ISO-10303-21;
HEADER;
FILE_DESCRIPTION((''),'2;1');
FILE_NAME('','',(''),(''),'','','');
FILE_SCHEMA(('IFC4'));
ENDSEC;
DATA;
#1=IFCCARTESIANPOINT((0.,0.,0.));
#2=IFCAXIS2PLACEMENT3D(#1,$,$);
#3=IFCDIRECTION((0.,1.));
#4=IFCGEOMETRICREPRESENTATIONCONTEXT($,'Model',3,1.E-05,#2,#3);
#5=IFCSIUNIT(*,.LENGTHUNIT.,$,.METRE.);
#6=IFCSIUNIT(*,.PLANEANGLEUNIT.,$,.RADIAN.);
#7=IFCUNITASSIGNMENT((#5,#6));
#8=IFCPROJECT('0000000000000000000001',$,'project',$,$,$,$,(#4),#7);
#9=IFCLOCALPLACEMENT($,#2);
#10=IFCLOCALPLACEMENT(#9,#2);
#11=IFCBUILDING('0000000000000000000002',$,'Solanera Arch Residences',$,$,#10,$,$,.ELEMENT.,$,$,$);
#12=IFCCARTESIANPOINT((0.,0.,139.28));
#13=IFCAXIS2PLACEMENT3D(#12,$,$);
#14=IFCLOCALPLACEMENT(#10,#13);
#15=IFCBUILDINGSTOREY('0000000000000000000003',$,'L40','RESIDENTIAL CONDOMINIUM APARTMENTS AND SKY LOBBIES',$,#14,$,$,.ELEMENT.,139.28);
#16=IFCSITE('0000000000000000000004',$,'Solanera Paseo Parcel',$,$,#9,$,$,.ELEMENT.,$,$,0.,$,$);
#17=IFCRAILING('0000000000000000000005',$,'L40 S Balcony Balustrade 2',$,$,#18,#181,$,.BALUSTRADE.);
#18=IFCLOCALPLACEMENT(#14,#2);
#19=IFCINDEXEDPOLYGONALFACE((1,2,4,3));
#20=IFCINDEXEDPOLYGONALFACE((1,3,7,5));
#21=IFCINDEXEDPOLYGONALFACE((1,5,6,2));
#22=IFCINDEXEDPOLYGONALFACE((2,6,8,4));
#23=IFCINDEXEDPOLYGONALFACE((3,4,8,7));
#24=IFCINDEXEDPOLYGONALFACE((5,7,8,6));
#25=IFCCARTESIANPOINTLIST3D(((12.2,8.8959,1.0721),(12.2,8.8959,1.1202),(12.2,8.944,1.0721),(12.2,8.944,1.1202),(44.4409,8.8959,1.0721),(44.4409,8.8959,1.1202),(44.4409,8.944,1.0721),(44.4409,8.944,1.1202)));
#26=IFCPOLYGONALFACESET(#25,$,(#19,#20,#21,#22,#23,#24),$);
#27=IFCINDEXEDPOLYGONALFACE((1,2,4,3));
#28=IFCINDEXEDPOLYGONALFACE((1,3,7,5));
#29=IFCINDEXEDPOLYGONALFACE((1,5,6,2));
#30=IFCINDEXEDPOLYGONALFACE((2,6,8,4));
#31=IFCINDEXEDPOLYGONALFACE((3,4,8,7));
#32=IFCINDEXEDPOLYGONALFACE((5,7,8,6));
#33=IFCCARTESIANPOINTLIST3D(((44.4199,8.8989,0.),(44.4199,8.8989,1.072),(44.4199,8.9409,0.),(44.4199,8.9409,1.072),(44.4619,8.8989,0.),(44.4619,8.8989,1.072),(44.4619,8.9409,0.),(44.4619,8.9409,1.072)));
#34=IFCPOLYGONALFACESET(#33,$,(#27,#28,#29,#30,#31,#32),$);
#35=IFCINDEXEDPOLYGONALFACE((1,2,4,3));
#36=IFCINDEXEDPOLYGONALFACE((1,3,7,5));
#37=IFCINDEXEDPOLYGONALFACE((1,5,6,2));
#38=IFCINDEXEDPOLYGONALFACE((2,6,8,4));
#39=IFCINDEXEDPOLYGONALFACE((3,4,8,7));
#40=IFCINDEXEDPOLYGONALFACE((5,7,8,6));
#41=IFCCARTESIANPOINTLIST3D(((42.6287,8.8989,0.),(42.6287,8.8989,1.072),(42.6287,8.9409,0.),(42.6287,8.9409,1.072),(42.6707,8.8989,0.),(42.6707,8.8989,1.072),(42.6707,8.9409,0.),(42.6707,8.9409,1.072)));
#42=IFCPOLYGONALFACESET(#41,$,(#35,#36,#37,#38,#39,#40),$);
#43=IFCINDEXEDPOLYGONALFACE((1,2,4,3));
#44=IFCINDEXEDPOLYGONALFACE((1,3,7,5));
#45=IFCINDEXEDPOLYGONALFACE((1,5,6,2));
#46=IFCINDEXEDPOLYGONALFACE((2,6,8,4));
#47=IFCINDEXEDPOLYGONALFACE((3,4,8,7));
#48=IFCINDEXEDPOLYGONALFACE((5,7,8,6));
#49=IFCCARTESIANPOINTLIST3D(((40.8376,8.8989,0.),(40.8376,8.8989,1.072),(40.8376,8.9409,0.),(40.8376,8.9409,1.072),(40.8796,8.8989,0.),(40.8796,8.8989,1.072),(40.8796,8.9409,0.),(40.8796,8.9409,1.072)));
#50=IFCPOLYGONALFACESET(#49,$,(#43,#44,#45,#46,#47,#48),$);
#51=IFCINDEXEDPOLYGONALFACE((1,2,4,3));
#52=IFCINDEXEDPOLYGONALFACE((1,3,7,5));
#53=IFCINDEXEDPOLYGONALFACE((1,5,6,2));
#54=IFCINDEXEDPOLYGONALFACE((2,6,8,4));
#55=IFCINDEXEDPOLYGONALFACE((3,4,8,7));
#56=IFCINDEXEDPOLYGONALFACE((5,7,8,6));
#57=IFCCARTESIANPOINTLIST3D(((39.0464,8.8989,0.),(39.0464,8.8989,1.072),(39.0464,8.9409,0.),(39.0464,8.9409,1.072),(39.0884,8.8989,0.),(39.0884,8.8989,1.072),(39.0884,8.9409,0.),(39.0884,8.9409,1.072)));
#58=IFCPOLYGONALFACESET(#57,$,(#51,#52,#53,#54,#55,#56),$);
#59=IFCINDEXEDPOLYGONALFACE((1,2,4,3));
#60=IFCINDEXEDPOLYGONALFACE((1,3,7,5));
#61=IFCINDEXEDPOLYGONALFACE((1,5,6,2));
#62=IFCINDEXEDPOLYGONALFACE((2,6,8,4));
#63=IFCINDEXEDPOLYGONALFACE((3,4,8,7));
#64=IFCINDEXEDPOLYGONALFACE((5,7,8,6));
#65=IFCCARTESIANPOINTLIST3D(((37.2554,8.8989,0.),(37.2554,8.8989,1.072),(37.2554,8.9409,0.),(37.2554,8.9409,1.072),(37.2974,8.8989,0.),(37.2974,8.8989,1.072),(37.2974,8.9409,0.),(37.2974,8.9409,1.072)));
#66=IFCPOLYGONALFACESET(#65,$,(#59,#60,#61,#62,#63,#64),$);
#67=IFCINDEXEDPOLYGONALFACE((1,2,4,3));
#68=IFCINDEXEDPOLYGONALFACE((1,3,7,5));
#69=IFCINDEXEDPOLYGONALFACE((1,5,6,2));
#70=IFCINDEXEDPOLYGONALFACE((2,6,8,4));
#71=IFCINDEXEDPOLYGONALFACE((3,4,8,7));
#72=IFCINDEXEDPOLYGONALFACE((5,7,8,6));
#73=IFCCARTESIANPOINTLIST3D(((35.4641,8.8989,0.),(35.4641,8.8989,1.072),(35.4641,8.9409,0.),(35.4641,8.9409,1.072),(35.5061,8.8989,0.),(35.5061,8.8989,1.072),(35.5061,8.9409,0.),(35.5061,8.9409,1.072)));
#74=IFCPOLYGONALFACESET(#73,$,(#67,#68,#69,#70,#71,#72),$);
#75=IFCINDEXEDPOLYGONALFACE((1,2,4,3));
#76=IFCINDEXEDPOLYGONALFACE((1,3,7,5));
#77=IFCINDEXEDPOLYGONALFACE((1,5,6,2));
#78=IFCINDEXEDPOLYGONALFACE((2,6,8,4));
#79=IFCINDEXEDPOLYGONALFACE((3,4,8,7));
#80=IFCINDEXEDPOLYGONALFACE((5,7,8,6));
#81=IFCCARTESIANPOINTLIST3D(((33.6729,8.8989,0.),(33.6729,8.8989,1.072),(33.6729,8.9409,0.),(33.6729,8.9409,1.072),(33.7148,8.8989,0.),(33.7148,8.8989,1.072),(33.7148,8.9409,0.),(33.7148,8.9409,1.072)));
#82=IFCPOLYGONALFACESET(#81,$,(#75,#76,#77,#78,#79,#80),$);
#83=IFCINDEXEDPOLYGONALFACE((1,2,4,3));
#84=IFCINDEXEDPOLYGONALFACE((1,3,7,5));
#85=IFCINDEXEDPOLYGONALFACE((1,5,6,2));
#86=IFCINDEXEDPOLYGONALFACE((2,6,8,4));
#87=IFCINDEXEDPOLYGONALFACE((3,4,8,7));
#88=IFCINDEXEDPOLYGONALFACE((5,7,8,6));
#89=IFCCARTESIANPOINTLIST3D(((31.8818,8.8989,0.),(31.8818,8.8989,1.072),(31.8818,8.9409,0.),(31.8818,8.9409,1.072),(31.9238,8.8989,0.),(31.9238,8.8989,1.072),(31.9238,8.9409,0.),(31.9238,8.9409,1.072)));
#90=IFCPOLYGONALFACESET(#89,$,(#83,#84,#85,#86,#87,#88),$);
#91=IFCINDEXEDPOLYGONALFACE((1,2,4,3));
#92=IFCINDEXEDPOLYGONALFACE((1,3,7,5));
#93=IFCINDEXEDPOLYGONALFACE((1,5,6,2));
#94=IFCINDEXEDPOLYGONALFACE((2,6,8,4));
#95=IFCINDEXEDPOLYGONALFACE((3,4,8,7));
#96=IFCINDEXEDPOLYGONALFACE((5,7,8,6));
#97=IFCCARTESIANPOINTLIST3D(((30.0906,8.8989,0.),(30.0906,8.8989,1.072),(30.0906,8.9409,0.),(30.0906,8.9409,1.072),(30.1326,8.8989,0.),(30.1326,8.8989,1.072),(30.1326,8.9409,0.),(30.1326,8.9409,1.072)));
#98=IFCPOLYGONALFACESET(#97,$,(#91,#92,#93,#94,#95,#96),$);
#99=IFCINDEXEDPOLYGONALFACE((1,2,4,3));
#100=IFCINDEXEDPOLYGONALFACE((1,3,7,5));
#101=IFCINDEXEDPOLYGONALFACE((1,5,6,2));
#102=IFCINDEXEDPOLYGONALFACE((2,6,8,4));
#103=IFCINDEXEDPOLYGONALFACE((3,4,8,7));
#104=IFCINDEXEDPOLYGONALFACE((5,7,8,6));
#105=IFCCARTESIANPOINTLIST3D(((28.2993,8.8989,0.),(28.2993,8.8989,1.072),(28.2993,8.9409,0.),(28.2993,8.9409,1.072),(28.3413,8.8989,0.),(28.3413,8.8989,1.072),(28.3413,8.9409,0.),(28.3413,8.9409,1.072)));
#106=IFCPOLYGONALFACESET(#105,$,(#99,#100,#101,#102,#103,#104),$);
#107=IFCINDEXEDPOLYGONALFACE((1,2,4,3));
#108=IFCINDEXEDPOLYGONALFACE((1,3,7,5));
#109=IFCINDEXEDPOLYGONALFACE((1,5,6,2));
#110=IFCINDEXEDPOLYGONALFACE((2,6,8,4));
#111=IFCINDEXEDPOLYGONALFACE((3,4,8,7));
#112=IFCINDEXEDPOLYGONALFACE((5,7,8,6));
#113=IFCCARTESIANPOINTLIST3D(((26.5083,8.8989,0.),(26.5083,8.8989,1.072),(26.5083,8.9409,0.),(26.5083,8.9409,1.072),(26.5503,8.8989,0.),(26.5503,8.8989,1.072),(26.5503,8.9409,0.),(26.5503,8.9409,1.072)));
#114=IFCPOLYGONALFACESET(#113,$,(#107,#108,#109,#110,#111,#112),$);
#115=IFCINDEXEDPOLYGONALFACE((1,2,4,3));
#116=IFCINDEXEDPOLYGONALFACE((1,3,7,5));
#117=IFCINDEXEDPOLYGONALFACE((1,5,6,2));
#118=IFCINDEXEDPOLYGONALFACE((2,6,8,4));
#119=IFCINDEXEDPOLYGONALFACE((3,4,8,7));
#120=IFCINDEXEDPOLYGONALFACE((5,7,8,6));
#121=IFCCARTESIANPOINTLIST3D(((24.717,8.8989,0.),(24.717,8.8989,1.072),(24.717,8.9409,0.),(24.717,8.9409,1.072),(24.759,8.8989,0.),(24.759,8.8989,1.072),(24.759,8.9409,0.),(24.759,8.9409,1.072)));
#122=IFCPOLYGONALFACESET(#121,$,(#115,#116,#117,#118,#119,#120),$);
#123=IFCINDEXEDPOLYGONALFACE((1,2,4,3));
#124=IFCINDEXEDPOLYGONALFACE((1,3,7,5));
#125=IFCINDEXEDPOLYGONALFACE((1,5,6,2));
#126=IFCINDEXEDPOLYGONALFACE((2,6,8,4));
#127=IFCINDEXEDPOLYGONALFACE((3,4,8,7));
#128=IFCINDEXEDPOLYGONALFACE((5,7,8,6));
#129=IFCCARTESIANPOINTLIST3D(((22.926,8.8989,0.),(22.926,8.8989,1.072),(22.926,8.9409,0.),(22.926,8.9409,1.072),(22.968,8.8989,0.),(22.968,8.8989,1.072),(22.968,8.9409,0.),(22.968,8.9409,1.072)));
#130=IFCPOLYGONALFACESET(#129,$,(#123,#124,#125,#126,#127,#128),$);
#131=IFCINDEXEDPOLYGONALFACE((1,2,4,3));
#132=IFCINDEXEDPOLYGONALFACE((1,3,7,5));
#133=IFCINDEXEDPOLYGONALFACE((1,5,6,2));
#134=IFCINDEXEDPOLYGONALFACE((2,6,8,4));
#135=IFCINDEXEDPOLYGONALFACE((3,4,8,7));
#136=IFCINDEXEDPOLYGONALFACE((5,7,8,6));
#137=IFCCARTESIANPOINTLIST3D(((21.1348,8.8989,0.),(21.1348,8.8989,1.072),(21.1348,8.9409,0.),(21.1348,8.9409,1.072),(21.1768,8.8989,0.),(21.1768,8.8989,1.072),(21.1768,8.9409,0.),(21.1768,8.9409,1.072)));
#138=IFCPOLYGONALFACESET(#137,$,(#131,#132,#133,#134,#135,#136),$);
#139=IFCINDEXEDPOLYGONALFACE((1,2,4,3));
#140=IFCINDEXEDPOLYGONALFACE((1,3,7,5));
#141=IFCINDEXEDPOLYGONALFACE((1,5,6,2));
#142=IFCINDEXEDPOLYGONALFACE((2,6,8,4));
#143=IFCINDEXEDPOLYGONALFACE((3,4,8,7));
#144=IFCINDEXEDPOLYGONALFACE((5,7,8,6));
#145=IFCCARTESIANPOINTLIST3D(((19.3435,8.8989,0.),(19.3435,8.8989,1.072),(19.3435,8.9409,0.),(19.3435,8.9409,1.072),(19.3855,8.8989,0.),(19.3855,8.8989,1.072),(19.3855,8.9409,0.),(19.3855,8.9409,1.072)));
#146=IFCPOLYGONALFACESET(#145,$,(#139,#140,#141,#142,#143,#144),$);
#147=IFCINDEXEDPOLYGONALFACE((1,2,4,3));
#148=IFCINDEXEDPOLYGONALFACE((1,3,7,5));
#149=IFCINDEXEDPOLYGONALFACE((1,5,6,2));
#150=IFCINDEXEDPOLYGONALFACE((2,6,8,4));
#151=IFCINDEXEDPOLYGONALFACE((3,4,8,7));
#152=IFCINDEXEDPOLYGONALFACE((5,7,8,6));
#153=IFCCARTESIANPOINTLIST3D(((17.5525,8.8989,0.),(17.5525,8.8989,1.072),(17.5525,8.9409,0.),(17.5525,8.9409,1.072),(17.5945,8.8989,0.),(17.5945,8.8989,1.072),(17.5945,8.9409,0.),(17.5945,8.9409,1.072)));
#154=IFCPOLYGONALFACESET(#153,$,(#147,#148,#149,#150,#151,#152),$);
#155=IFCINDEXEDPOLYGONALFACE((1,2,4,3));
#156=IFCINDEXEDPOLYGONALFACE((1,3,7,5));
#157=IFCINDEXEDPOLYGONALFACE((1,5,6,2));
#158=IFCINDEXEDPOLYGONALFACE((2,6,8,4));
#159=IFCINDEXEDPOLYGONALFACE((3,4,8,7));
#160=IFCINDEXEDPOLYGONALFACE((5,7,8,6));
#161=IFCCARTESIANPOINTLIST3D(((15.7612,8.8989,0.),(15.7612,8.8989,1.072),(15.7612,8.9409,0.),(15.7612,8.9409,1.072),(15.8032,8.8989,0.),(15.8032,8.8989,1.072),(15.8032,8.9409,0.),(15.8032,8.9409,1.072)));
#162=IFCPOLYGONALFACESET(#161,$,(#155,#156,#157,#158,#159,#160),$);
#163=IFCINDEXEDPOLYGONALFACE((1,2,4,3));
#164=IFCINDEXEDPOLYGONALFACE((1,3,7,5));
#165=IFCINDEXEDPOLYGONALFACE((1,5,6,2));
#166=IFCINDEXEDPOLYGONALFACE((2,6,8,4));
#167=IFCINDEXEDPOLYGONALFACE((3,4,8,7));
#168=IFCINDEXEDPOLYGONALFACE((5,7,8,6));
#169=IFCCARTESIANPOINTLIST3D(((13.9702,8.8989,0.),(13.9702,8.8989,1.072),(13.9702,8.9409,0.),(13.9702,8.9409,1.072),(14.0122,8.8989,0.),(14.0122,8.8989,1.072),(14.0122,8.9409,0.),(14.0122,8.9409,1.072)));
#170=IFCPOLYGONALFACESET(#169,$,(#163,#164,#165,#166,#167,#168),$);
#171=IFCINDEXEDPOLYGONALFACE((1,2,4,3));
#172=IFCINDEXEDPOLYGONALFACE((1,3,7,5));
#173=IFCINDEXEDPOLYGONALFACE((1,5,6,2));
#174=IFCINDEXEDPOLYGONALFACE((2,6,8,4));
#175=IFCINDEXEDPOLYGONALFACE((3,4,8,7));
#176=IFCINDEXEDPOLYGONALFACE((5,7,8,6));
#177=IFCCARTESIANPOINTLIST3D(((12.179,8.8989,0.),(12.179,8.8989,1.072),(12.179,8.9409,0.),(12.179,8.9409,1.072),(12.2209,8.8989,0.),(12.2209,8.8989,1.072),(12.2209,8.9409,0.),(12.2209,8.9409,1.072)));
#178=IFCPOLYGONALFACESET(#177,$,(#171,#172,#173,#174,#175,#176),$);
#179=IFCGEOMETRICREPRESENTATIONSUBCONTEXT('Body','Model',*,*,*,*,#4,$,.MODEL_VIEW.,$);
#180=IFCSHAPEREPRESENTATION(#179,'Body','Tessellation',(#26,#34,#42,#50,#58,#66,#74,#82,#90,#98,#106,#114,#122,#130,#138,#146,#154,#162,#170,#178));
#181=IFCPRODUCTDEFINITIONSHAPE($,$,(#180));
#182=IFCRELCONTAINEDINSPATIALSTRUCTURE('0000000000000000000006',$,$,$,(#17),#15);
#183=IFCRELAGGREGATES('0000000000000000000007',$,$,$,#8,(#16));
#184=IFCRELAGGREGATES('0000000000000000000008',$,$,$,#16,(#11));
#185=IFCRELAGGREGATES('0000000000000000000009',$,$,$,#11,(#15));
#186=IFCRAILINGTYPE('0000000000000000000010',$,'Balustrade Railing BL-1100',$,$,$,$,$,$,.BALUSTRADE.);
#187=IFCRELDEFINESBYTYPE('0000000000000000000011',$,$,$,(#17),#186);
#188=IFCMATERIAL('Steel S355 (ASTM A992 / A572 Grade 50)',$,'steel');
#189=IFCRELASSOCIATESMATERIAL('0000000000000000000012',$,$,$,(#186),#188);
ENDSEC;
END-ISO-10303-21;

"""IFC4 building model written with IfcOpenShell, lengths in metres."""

from ifc_helpers import new_model, si_unit, direction, frame, origin, origin_2d, place, context, subcontext, project, spatial, rectangle, extrude, material, type_object, element, save


model = new_model("IFC4")

# Units and contexts
model_context = context("Model", 3, precision=1e-05, world=origin(), true_north=direction((0.0, 1.0)))
body_context = subcontext(model_context, "Body", "Model", "MODEL_VIEW")
ifc_project = project(units=[si_unit("LENGTHUNIT", "METRE"), si_unit("PLANEANGLEUNIT", "RADIAN")], contexts=[model_context])

# Site, building, storey
site_placement = place(None, origin())
site = spatial("IfcSite", under=ifc_project, at=site_placement, Name="Solanera Paseo Parcel", CompositionType="ELEMENT", RefElevation=0.0)
building_placement = place(site_placement, origin())
building = spatial("IfcBuilding", under=site, at=building_placement, Name="Solanera Arch Residences", CompositionType="ELEMENT")
storey_placement = place(building_placement, frame((0.0, 0.0, 139.28)))
storey = spatial("IfcBuildingStorey", under=building, at=storey_placement, Name="L40", Description="RESIDENTIAL CONDOMINIUM APARTMENTS AND SKY LOBBIES", CompositionType="ELEMENT", Elevation=139.28)

# Railing
ifc_material_1 = material(Name="Steel S355 (ASTM A992 / A572 Grade 50)", Category="steel")
railing_type = type_object("IfcRailingType", Name="Balustrade Railing BL-1100", PredefinedType="BALUSTRADE", material=ifc_material_1)
railing_1_placement = place(storey_placement, frame((44.4409, 8.9199, 0.0)))
element("IfcRailing", 1, at=railing_1_placement, inside=storey, type_object=railing_type, Name="L40 S Balcony Balustrade 2", PredefinedType="BALUSTRADE", context=body_context, shape_type="SweptSolid", body=[
    extrude(rectangle(XDim=0.0481, YDim=0.0481, at=origin_2d()), frame((0.0, 0.0, 1.0962), z_axis=(-1.0, 0.0, 0.0), x_axis=(0.0, -1.0, 0.0)), (0.0, 0.0, 1.0), 32.241),
    extrude(rectangle(XDim=0.042, YDim=0.042, at=origin_2d()), origin(), (0.0, 0.0, 1.0), 1.072),
    extrude(rectangle(XDim=0.042, YDim=0.042, at=origin_2d()), frame((-1.7913, 0.0, 0.0)), (0.0, 0.0, 1.0), 1.072),
    extrude(rectangle(XDim=0.042, YDim=0.042, at=origin_2d()), frame((-3.5823, 0.0, 0.0)), (0.0, 0.0, 1.0), 1.072),
    extrude(rectangle(XDim=0.042, YDim=0.042, at=origin_2d()), frame((-5.3735, 0.0, 0.0)), (0.0, 0.0, 1.0), 1.072),
    extrude(rectangle(XDim=0.042, YDim=0.042, at=origin_2d()), frame((-7.1646, 0.0, 0.0)), (0.0, 0.0, 1.0), 1.072),
    extrude(rectangle(XDim=0.042, YDim=0.042, at=origin_2d()), frame((-8.9558, 0.0, 0.0)), (0.0, 0.0, 1.0), 1.072),
    extrude(rectangle(XDim=0.042, YDim=0.042, at=origin_2d()), frame((-10.7471, 0.0, 0.0)), (0.0, 0.0, 1.0), 1.072),
    extrude(rectangle(XDim=0.042, YDim=0.042, at=origin_2d()), frame((-12.5381, 0.0, 0.0)), (0.0, 0.0, 1.0), 1.072),
    extrude(rectangle(XDim=0.042, YDim=0.042, at=origin_2d()), frame((-14.3293, 0.0, 0.0)), (0.0, 0.0, 1.0), 1.072),
    extrude(rectangle(XDim=0.042, YDim=0.042, at=origin_2d()), frame((-16.1206, 0.0, 0.0)), (0.0, 0.0, 1.0), 1.072),
    extrude(rectangle(XDim=0.042, YDim=0.042, at=origin_2d()), frame((-17.9116, 0.0, 0.0)), (0.0, 0.0, 1.0), 1.072),
    extrude(rectangle(XDim=0.042, YDim=0.042, at=origin_2d()), frame((-19.7029, 0.0, 0.0)), (0.0, 0.0, 1.0), 1.072),
    extrude(rectangle(XDim=0.042, YDim=0.042, at=origin_2d()), frame((-21.4939, 0.0, 0.0)), (0.0, 0.0, 1.0), 1.072),
    extrude(rectangle(XDim=0.042, YDim=0.042, at=origin_2d()), frame((-23.2852, 0.0, 0.0)), (0.0, 0.0, 1.0), 1.072),
    extrude(rectangle(XDim=0.042, YDim=0.042, at=origin_2d()), frame((-25.0764, 0.0, 0.0)), (0.0, 0.0, 1.0), 1.072),
    extrude(rectangle(XDim=0.042, YDim=0.042, at=origin_2d()), frame((-26.8674, 0.0, 0.0)), (0.0, 0.0, 1.0), 1.072),
    extrude(rectangle(XDim=0.042, YDim=0.042, at=origin_2d()), frame((-28.6587, 0.0, 0.0)), (0.0, 0.0, 1.0), 1.072),
    extrude(rectangle(XDim=0.042, YDim=0.042, at=origin_2d()), frame((-30.4497, 0.0, 0.0)), (0.0, 0.0, 1.0), 1.072),
    extrude(rectangle(XDim=0.042, YDim=0.042, at=origin_2d()), frame((-32.241, 0.0, 0.0)), (0.0, 0.0, 1.0), 1.072),
])

save(model, "model.ifc")
